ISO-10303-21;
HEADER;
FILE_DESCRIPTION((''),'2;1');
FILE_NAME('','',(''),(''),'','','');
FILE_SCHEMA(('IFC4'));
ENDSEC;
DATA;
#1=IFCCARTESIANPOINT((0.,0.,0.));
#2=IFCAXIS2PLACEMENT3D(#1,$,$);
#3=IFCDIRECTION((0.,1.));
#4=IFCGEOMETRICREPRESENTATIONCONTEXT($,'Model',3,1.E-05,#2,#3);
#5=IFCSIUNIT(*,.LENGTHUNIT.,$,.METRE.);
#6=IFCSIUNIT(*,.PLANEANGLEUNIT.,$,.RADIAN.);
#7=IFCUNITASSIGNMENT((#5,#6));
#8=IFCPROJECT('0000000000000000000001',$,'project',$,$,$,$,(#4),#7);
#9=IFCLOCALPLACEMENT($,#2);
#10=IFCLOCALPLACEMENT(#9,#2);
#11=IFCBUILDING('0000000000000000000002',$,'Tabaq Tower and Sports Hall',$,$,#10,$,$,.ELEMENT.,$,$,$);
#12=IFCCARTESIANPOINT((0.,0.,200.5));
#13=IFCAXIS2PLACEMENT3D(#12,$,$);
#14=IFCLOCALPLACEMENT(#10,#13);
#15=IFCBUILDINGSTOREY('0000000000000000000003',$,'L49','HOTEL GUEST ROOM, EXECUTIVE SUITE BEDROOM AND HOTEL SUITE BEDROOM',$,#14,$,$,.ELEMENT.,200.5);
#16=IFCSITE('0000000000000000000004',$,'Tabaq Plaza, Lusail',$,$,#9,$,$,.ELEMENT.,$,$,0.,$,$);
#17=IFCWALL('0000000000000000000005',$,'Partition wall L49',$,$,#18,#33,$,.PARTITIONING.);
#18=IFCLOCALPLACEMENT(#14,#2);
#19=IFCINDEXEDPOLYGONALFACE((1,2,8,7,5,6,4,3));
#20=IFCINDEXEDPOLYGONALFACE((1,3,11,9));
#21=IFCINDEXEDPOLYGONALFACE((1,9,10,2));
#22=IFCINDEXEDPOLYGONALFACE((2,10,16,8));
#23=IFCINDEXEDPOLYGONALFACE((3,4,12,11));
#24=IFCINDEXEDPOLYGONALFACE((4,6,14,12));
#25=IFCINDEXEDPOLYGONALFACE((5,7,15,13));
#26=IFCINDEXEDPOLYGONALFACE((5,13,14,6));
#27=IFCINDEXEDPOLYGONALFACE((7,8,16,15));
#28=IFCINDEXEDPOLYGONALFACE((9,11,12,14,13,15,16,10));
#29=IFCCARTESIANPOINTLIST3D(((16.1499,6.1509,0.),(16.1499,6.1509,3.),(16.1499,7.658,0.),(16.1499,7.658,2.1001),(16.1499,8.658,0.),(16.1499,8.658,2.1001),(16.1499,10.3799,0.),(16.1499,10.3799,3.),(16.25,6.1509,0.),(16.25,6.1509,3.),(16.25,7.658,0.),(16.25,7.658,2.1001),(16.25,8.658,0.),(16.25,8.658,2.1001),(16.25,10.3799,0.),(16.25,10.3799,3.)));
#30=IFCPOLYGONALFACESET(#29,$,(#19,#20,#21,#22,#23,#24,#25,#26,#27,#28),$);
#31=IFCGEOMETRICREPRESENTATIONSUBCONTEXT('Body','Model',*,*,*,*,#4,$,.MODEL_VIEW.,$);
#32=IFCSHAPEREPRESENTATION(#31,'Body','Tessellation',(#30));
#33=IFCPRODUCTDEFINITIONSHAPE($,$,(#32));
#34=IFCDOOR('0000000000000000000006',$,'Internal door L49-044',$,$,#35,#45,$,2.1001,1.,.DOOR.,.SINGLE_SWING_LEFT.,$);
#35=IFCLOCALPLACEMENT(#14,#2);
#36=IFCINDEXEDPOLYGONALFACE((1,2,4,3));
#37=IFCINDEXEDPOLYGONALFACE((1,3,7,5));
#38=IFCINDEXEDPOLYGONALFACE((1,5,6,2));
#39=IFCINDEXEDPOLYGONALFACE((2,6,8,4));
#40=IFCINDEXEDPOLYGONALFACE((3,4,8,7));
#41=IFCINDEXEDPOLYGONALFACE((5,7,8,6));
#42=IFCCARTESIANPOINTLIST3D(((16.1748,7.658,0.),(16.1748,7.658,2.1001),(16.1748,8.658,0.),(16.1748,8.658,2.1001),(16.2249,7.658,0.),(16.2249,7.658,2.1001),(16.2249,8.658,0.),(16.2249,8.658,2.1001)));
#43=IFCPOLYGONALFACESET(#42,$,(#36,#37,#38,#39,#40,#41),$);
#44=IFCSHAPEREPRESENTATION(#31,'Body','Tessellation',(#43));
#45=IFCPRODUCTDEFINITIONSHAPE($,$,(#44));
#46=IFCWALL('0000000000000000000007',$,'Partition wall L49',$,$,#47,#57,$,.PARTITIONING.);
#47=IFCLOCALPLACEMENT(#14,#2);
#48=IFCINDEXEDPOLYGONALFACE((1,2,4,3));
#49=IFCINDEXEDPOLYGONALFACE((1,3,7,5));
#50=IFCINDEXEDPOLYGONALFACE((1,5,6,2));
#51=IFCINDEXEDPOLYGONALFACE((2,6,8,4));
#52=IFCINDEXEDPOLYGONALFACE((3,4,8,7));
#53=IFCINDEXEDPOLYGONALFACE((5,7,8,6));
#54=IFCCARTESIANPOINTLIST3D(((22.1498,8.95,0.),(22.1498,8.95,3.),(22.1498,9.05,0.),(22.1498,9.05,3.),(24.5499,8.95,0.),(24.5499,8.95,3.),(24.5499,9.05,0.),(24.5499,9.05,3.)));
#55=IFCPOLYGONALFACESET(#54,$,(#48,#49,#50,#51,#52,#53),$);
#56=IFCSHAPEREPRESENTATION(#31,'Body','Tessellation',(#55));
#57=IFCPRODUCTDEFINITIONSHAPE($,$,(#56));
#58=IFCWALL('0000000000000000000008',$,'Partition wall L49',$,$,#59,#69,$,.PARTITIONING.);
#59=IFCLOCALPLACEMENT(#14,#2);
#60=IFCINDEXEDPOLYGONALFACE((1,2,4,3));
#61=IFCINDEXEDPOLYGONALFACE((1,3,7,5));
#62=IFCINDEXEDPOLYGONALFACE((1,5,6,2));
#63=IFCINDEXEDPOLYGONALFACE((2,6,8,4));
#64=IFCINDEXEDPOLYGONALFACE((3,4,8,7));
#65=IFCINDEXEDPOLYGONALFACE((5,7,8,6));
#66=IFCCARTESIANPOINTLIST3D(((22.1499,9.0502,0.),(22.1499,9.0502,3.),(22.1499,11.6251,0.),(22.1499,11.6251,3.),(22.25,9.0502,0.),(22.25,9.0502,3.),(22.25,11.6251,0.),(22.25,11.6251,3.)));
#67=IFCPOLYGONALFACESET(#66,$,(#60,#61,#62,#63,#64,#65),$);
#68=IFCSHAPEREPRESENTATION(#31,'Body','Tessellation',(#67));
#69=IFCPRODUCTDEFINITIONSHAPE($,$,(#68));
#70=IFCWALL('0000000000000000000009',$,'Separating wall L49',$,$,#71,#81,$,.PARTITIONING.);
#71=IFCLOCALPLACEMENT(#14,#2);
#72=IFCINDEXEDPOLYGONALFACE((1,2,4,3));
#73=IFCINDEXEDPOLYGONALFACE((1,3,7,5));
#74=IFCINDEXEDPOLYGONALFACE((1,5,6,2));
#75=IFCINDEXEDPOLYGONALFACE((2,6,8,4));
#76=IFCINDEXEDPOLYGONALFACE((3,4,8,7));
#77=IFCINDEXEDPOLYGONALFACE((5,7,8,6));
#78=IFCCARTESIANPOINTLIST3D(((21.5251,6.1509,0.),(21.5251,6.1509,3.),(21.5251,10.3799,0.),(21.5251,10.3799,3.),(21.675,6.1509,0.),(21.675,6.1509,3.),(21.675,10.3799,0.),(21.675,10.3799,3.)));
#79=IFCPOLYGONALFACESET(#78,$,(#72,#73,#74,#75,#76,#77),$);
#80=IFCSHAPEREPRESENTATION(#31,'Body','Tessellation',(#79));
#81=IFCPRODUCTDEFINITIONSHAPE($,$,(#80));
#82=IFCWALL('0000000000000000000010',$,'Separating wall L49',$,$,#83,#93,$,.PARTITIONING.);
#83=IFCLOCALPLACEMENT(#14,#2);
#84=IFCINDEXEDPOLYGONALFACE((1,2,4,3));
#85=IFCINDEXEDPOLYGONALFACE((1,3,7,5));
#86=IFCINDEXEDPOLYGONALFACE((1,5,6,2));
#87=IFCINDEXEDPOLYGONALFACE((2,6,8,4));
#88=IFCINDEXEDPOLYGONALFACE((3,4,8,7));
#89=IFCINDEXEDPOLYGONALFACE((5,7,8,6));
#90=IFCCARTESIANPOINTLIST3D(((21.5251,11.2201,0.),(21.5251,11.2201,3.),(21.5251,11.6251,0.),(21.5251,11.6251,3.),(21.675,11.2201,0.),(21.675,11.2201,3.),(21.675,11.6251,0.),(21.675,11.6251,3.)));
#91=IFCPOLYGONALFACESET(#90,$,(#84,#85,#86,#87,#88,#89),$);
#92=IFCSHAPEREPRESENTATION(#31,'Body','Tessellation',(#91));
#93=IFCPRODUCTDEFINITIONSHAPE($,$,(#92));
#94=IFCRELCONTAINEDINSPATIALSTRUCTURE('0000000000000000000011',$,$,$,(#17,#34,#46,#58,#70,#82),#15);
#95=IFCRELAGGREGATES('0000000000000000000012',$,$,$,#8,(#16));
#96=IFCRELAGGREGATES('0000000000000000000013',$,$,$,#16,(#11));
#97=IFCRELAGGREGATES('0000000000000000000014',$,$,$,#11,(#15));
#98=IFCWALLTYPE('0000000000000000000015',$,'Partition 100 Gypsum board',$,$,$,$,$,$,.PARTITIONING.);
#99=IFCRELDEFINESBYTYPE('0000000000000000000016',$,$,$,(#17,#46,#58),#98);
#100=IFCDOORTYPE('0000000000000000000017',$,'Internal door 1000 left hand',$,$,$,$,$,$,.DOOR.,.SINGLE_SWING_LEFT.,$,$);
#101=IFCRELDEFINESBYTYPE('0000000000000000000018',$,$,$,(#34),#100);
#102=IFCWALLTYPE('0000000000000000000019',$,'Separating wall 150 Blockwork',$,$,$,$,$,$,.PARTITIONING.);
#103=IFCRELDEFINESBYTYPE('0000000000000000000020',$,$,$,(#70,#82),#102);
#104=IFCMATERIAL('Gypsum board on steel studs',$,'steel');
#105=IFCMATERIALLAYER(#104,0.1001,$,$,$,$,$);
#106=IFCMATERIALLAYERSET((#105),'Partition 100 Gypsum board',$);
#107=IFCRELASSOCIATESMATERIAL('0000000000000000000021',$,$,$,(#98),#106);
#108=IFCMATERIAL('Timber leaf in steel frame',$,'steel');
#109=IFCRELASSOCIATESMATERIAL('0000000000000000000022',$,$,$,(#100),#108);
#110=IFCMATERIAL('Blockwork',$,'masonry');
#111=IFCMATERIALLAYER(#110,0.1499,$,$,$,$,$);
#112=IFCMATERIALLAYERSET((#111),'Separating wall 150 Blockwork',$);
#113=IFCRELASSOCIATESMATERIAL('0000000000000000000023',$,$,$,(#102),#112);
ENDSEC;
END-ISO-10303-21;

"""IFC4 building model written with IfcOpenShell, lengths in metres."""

from ifc_helpers import new_model, si_unit, direction, frame, frame_2d, origin, place, context, subcontext, project, spatial, rectangle, extrude, material, layer, layer_set, type_object, element, fill, save


model = new_model("IFC4")

# Units and contexts
model_context = context("Model", 3, precision=1e-05, world=origin(), true_north=direction((0.0, 1.0)))
body_context = subcontext(model_context, "Body", "Model", "MODEL_VIEW")
ifc_project = project(units=[si_unit("LENGTHUNIT", "METRE"), si_unit("PLANEANGLEUNIT", "RADIAN")], contexts=[model_context])

# Site, building, storey
site_placement = place(None, origin())
site = spatial("IfcSite", under=ifc_project, at=site_placement, Name="Tabaq Plaza, Lusail", CompositionType="ELEMENT", RefElevation=0.0)
building_placement = place(site_placement, origin())
building = spatial("IfcBuilding", under=site, at=building_placement, Name="Tabaq Tower and Sports Hall", CompositionType="ELEMENT")
storey_placement = place(building_placement, frame((0.0, 0.0, 200.5)))
storey = spatial("IfcBuildingStorey", under=building, at=storey_placement, Name="L49", Description="HOTEL GUEST ROOM, EXECUTIVE SUITE BEDROOM AND HOTEL SUITE BEDROOM", CompositionType="ELEMENT", Elevation=200.5)

# Shared definitions
ifc_material_1 = material(Name="Gypsum board on steel studs", Category="steel")
ifc_layer_1 = layer(ifc_material_1, 0.1001)
ifc_layer_set_1 = layer_set([ifc_layer_1], Name="Partition 100 Gypsum board")
wall_type_1 = type_object("IfcWallType", Name="Partition 100 Gypsum board", PredefinedType="PARTITIONING", material=ifc_layer_set_1)
ifc_material_2 = material(Name="Timber leaf in steel frame", Category="steel")
door_type = type_object("IfcDoorType", Name="Internal door 1000 left hand", OperationType="SINGLE_SWING_LEFT", PredefinedType="DOOR", material=ifc_material_2)

# Wall, opening, door
wall_1_placement = place(storey_placement, frame((16.2, 10.3799, 0.0), z_axis=(0.0, 0.0, 1.0), x_axis=(0.0, -1.0, 0.0)))
wall_1 = element("IfcWall", 1, at=wall_1_placement, inside=storey, type_object=wall_type_1, Name="Partition wall L49", PredefinedType="PARTITIONING", context=body_context, shape_type="SweptSolid", body=[
    extrude(rectangle(XDim=4.229, YDim=0.1001, at=frame_2d((2.1145, 0.0))), origin(), (0.0, 0.0, 1.0), 3.0),
])
opening_1_placement = place(wall_1_placement, frame((1.7219, 0.0, 0.0)))
opening_1 = element("IfcOpeningElement", 2, at=opening_1_placement, cuts=wall_1, PredefinedType="OPENING", context=body_context, shape_type="SweptSolid", body=[
    extrude(rectangle(XDim=1.0, YDim=2.1001, at=frame_2d((0.5, 1.05))), frame((0.0, 0.05, 0.0), z_axis=(0.0, -1.0, 0.0), x_axis=(1.0, 0.0, 0.0)), (0.0, 0.0, 1.0), 0.1001),
])
door_1_placement = place(opening_1_placement, origin())
door_1 = element("IfcDoor", 3, at=door_1_placement, inside=storey, type_object=door_type, Name="Internal door L49-044", OperationType="SINGLE_SWING_LEFT", OverallHeight=2.1001, OverallWidth=1.0, PredefinedType="DOOR", context=body_context, shape_type="SweptSolid", body=[
    extrude(rectangle(XDim=1.0, YDim=2.1001, at=frame_2d((0.5, 1.05))), frame((0.0, 0.0249, 0.0), z_axis=(0.0, -1.0, 0.0), x_axis=(1.0, 0.0, 0.0)), (0.0, 0.0, 1.0), 0.05),
])
fill(opening_1, door_1)

# Walls
wall_2_placement = place(storey_placement, frame((24.55, 9.0, 0.0), z_axis=(0.0, 0.0, 1.0), x_axis=(-1.0, 0.0, 0.0)))
element("IfcWall", 4, at=wall_2_placement, inside=storey, type_object=wall_type_1, Name="Partition wall L49", PredefinedType="PARTITIONING", context=body_context, shape_type="SweptSolid", body=[
    extrude(rectangle(XDim=2.4001, YDim=0.1001, at=frame_2d((1.2002, 0.0))), origin(), (0.0, 0.0, 1.0), 3.0),
])
wall_3_placement = place(storey_placement, frame((22.2, 9.05, 0.0), z_axis=(0.0, 0.0, 1.0), x_axis=(0.0, 1.0, 0.0)))
element("IfcWall", 5, at=wall_3_placement, inside=storey, type_object=wall_type_1, Name="Partition wall L49", PredefinedType="PARTITIONING", context=body_context, shape_type="SweptSolid", body=[
    extrude(rectangle(XDim=2.575, YDim=0.1001, at=frame_2d((1.2876, 0.0))), origin(), (0.0, 0.0, 1.0), 3.0),
])
ifc_material_3 = material(Name="Blockwork", Category="masonry")
ifc_layer_2 = layer(ifc_material_3, 0.1499)
ifc_layer_set_2 = layer_set([ifc_layer_2], Name="Separating wall 150 Blockwork")
wall_type_2 = type_object("IfcWallType", Name="Separating wall 150 Blockwork", PredefinedType="PARTITIONING", material=ifc_layer_set_2)
wall_4_placement = place(storey_placement, frame((21.6001, 6.1509, 0.0), z_axis=(0.0, 0.0, 1.0), x_axis=(0.0, 1.0, 0.0)))
element("IfcWall", 6, at=wall_4_placement, inside=storey, type_object=wall_type_2, Name="Separating wall L49", PredefinedType="PARTITIONING", context=body_context, shape_type="SweptSolid", body=[
    extrude(rectangle(XDim=4.229, YDim=0.1499, at=frame_2d((2.1145, 0.0))), origin(), (0.0, 0.0, 1.0), 3.0),
])
wall_5_placement = place(storey_placement, frame((21.6001, 11.22, 0.0), z_axis=(0.0, 0.0, 1.0), x_axis=(0.0, 1.0, 0.0)))
element("IfcWall", 7, at=wall_5_placement, inside=storey, type_object=wall_type_2, Name="Separating wall L49", PredefinedType="PARTITIONING", context=body_context, shape_type="SweptSolid", body=[
    extrude(rectangle(XDim=0.405, YDim=0.1499, at=frame_2d((0.2026, 0.0))), origin(), (0.0, 0.0, 1.0), 3.0),
])

save(model, "model.ifc")
